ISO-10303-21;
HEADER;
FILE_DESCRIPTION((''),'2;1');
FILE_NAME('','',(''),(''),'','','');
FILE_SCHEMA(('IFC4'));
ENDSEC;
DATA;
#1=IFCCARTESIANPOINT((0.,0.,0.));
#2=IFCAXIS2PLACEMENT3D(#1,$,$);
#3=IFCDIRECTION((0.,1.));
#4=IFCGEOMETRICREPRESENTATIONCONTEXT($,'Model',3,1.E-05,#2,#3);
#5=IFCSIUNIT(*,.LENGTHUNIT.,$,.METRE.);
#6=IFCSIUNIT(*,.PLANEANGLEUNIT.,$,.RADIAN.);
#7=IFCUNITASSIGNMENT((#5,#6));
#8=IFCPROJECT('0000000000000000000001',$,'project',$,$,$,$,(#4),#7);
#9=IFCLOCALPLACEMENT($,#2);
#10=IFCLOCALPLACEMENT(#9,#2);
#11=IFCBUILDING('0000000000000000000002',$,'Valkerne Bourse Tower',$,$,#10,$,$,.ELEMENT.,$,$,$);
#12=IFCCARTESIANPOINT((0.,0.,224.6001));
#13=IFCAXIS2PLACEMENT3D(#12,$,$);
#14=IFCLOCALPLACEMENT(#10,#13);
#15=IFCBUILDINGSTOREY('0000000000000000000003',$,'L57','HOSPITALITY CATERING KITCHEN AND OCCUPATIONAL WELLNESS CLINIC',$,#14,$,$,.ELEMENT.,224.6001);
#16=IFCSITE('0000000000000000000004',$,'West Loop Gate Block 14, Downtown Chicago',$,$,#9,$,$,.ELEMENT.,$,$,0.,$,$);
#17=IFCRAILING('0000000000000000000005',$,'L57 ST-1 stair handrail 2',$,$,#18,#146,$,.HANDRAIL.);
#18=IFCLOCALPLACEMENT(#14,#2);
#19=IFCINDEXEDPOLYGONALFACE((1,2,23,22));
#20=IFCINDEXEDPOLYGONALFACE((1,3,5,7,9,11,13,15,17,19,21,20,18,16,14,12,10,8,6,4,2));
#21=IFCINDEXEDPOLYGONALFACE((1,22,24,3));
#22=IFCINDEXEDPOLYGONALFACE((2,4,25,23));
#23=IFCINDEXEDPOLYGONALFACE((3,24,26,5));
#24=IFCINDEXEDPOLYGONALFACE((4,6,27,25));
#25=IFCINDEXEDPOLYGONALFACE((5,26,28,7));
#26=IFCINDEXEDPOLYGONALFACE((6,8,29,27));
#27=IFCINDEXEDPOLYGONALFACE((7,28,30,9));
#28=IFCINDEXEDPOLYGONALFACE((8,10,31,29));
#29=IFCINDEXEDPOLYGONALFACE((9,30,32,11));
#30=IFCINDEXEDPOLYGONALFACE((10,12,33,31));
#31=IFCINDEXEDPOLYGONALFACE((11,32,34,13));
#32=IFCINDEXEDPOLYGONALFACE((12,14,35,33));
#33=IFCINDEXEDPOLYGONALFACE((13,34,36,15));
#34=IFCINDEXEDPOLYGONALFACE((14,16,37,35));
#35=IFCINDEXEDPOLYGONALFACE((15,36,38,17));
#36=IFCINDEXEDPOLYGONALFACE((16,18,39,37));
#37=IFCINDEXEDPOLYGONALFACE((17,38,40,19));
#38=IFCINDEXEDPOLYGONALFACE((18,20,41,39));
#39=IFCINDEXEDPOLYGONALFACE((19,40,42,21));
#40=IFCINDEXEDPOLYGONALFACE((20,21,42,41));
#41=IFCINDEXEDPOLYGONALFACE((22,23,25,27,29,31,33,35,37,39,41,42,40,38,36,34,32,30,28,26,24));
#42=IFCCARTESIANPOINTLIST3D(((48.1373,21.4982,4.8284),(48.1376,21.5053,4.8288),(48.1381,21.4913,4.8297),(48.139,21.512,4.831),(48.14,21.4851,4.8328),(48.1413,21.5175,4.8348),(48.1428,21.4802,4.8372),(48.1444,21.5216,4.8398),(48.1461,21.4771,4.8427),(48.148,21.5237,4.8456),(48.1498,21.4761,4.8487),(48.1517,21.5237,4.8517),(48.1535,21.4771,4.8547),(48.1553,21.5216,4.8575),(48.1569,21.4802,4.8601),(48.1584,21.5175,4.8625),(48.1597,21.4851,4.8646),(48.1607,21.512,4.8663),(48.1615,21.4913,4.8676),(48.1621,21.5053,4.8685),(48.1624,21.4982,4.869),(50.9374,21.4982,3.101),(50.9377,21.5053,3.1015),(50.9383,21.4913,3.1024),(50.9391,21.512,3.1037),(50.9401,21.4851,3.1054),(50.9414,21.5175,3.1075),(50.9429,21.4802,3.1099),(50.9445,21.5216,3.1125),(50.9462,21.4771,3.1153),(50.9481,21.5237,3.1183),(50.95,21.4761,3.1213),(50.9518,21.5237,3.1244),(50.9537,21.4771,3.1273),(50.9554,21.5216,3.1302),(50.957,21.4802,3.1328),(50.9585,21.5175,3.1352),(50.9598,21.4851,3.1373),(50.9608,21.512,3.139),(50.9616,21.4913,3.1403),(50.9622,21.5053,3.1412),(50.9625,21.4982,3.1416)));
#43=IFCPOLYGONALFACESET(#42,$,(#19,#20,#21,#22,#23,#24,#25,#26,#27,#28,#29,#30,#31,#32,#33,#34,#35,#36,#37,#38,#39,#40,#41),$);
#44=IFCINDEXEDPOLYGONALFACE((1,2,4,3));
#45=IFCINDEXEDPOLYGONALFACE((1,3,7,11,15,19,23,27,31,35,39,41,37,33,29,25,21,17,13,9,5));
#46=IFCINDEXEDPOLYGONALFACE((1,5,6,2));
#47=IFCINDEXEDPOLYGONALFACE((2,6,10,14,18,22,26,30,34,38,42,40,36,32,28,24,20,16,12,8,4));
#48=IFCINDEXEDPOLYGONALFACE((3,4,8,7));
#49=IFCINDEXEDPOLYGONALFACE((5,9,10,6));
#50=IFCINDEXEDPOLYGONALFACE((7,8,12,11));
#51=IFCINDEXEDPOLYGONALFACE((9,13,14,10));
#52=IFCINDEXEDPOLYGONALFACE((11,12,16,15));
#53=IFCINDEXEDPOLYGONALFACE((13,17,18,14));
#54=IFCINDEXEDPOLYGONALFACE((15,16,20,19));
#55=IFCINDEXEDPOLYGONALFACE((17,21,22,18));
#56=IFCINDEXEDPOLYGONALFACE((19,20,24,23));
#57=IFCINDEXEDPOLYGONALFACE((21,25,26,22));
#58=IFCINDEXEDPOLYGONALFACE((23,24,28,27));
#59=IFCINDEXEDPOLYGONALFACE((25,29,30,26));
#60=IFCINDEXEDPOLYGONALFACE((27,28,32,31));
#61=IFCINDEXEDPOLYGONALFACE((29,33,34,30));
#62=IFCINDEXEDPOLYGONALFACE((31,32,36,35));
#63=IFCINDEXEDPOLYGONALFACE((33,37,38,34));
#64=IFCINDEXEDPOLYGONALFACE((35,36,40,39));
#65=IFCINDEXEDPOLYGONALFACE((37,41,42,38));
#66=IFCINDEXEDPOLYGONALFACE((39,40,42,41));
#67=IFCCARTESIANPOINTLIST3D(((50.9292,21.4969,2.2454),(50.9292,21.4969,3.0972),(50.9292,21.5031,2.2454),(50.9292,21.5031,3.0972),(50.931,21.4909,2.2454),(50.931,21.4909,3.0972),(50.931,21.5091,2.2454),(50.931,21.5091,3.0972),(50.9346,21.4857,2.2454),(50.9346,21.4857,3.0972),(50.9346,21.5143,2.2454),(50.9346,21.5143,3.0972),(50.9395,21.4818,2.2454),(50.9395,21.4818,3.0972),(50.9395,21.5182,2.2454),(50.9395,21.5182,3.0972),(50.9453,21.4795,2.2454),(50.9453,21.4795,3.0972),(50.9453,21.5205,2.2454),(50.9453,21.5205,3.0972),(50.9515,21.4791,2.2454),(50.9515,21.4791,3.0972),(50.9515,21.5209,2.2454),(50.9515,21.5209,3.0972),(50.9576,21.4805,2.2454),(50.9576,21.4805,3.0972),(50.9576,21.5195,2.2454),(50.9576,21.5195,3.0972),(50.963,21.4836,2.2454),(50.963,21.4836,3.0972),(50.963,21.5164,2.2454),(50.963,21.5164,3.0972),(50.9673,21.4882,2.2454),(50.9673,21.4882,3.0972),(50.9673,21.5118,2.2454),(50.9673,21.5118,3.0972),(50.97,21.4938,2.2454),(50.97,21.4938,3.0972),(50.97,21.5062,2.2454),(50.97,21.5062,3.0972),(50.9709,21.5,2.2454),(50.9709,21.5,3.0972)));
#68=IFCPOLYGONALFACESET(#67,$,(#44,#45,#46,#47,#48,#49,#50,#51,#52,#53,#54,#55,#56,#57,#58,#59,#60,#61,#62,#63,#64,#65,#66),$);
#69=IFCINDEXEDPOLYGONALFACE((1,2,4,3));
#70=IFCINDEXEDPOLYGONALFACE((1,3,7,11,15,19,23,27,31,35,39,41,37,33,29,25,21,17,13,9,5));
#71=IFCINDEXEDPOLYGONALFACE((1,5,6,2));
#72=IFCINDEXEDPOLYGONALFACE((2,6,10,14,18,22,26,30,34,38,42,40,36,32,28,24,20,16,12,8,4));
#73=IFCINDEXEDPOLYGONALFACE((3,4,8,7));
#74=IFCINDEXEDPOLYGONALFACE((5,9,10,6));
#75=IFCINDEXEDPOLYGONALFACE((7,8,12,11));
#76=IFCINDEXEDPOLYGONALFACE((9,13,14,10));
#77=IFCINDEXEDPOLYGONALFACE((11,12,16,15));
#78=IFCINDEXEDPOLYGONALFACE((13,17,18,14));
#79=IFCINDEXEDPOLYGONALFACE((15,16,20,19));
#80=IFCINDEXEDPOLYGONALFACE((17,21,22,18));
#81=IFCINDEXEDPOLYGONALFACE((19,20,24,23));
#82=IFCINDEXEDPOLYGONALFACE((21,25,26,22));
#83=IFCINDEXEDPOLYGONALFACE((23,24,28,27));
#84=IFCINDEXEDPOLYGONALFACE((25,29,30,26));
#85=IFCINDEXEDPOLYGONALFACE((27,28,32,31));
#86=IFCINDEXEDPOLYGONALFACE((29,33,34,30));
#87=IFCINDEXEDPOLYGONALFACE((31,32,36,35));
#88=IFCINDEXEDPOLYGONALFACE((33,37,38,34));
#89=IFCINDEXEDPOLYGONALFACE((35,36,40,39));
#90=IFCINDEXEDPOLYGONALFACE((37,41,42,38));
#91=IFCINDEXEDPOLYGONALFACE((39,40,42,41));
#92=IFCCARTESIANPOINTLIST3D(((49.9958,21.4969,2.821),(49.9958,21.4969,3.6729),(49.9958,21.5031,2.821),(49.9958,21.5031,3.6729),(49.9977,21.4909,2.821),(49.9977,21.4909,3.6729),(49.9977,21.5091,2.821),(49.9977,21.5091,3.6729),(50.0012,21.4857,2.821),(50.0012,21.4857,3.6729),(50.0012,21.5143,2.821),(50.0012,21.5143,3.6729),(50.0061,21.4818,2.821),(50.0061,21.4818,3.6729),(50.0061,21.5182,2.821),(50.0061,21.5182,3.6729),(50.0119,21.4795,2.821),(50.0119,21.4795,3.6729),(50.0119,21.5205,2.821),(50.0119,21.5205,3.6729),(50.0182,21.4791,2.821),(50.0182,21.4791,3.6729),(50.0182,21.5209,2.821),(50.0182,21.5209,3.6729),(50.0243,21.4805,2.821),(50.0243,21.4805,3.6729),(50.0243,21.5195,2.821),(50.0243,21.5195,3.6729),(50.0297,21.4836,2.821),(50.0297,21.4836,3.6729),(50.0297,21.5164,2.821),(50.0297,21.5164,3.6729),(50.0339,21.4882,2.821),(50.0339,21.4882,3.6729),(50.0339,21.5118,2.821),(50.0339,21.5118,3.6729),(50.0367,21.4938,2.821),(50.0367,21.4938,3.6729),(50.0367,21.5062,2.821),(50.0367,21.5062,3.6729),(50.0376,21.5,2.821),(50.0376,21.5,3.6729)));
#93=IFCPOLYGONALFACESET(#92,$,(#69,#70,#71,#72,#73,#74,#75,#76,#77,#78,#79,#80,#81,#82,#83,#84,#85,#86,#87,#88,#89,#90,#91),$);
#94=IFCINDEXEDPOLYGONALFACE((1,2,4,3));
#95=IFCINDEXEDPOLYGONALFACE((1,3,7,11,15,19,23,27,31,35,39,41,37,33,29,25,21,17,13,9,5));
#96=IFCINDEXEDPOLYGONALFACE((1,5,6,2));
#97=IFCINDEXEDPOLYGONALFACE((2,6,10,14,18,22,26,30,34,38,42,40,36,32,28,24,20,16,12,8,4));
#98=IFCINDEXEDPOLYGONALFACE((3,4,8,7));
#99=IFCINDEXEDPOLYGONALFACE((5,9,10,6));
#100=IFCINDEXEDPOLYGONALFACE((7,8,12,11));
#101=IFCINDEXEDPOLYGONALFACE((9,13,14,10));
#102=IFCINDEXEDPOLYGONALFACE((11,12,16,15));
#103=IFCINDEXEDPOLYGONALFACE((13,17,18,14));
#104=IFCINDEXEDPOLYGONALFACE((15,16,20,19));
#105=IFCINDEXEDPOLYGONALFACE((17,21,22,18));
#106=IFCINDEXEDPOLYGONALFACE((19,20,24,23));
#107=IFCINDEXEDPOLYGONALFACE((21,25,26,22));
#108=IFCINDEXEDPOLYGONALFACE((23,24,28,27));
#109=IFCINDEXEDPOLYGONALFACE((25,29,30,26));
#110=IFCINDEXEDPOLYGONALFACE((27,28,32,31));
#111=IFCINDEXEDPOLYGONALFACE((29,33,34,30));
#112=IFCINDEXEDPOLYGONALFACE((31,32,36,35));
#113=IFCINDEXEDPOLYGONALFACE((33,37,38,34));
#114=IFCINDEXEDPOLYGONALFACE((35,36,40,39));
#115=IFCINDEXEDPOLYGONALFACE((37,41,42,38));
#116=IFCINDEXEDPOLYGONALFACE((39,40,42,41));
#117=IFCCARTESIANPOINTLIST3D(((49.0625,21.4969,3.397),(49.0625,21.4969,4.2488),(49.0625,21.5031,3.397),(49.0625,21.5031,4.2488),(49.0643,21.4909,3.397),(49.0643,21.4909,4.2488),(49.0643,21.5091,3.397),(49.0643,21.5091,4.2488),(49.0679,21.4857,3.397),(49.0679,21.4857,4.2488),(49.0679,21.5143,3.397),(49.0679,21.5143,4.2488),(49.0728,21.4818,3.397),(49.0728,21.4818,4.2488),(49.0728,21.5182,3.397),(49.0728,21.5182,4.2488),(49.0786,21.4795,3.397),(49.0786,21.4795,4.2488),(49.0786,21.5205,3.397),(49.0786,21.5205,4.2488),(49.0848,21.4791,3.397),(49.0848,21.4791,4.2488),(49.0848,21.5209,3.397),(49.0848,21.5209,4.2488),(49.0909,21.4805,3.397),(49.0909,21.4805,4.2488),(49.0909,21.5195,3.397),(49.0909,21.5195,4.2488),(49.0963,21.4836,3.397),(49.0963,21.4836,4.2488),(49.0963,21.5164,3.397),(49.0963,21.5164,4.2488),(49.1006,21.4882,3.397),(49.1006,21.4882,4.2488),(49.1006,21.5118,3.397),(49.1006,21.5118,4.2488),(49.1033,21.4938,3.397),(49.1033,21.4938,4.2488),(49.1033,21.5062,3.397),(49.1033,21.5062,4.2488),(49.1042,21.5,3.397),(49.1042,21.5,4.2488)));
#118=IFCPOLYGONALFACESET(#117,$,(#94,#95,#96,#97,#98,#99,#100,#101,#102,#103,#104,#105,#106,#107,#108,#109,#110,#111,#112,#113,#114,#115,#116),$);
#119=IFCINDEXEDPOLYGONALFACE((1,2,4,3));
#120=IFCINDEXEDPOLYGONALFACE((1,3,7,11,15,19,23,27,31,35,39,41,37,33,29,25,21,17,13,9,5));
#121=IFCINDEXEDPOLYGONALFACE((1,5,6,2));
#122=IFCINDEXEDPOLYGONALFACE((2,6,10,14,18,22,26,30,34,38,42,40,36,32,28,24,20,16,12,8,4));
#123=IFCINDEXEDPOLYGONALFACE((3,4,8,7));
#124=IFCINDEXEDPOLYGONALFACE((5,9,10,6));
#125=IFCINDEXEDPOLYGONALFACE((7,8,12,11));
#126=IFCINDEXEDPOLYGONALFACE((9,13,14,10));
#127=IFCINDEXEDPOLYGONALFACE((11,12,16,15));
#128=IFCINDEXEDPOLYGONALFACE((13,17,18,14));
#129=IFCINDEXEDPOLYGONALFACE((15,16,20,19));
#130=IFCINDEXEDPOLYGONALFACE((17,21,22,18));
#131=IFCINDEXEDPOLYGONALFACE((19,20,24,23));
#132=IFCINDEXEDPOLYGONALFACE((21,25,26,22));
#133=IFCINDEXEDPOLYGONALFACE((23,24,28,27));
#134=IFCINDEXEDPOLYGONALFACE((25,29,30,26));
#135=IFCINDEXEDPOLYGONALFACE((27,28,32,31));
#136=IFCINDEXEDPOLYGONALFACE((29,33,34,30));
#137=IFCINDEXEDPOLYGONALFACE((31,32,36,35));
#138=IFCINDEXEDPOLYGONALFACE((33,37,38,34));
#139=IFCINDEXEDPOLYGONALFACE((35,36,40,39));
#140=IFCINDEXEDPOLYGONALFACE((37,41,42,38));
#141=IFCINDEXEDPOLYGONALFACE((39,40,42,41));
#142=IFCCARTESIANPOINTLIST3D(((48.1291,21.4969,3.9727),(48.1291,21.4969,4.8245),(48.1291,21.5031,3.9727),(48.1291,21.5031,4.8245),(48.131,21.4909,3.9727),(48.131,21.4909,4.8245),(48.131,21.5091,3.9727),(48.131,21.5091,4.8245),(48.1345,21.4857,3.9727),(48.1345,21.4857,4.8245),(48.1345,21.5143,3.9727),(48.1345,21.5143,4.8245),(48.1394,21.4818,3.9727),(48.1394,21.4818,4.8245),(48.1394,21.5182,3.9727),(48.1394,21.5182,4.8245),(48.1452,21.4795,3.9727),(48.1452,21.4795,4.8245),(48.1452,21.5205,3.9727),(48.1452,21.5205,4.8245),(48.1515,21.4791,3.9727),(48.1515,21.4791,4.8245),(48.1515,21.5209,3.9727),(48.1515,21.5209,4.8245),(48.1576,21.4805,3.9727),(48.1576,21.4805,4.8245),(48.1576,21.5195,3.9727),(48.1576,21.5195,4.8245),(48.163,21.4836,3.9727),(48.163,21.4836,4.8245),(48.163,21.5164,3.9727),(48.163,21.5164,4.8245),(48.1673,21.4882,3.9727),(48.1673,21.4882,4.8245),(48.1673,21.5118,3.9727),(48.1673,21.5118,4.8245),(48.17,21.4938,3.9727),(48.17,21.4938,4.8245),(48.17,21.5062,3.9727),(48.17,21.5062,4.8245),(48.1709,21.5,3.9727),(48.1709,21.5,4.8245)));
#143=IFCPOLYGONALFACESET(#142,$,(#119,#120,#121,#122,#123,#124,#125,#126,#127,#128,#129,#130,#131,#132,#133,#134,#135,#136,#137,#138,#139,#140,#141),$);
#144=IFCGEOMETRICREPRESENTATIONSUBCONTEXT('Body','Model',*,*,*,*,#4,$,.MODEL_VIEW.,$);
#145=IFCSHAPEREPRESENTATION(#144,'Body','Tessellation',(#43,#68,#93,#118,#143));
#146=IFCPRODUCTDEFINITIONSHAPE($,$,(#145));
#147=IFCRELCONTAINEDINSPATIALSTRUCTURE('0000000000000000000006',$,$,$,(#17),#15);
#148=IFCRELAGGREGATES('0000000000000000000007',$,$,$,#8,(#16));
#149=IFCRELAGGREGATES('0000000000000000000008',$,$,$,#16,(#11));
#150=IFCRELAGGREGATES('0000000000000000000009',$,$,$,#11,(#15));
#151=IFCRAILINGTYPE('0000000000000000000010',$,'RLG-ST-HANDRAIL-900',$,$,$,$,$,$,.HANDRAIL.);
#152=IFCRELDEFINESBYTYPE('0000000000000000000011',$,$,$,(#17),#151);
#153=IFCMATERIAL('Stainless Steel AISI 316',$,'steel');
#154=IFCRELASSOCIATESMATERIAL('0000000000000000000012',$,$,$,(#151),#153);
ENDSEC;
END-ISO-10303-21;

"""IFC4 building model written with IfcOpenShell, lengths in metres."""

from ifc_helpers import new_model, si_unit, direction, frame, origin, origin_2d, place, context, subcontext, project, spatial, circle, extrude, material, type_object, element, save


model = new_model("IFC4")

# Units and contexts
model_context = context("Model", 3, precision=1e-05, world=origin(), true_north=direction((0.0, 1.0)))
body_context = subcontext(model_context, "Body", "Model", "MODEL_VIEW")
ifc_project = project(units=[si_unit("LENGTHUNIT", "METRE"), si_unit("PLANEANGLEUNIT", "RADIAN")], contexts=[model_context])

# Site, building, storey
site_placement = place(None, origin())
site = spatial("IfcSite", under=ifc_project, at=site_placement, Name="West Loop Gate Block 14, Downtown Chicago", CompositionType="ELEMENT", RefElevation=0.0)
building_placement = place(site_placement, origin())
building = spatial("IfcBuilding", under=site, at=building_placement, Name="Valkerne Bourse Tower", CompositionType="ELEMENT")
storey_placement = place(building_placement, frame((0.0, 0.0, 224.6001)))
storey = spatial("IfcBuildingStorey", under=building, at=storey_placement, Name="L57", Description="HOSPITALITY CATERING KITCHEN AND OCCUPATIONAL WELLNESS CLINIC", CompositionType="ELEMENT", Elevation=224.6001)

# Shared definitions
ifc_material_1 = material(Name="Stainless Steel AISI 316", Category="steel")

# Railing
railing_type_1 = type_object("IfcRailingType", Name="RLG-ST-HANDRAIL-900", PredefinedType="HANDRAIL", material=ifc_material_1)
railing_1_placement = place(storey_placement, frame((50.95, 21.5, 2.2454)))
element("IfcRailing", 1, at=railing_1_placement, inside=storey, type_object=railing_type_1, Name="L57 ST-1 stair handrail 2", PredefinedType="HANDRAIL", context=body_context, shape_type="SweptSolid", body=[
    extrude(circle(Radius=0.0239, at=origin_2d()), frame((0.0, 0.0, 0.876), z_axis=(-0.85109, 0.0, 0.52502), x_axis=(0.0, -1.0, 0.0)), (0.0, 0.0, 1.0), 3.29),
    extrude(circle(Radius=0.021, at=origin_2d()), origin(), (0.0, 0.0, 1.0), 0.8518),
    extrude(circle(Radius=0.021, at=origin_2d()), frame((-0.9333, 0.0, 0.5757)), (0.0, 0.0, 1.0), 0.8518),
    extrude(circle(Radius=0.021, at=origin_2d()), frame((-1.8667, 0.0, 1.1516)), (0.0, 0.0, 1.0), 0.8518),
    extrude(circle(Radius=0.021, at=origin_2d()), frame((-2.8, 0.0, 1.7273)), (0.0, 0.0, 1.0), 0.8518),
])

save(model, "model.ifc")
